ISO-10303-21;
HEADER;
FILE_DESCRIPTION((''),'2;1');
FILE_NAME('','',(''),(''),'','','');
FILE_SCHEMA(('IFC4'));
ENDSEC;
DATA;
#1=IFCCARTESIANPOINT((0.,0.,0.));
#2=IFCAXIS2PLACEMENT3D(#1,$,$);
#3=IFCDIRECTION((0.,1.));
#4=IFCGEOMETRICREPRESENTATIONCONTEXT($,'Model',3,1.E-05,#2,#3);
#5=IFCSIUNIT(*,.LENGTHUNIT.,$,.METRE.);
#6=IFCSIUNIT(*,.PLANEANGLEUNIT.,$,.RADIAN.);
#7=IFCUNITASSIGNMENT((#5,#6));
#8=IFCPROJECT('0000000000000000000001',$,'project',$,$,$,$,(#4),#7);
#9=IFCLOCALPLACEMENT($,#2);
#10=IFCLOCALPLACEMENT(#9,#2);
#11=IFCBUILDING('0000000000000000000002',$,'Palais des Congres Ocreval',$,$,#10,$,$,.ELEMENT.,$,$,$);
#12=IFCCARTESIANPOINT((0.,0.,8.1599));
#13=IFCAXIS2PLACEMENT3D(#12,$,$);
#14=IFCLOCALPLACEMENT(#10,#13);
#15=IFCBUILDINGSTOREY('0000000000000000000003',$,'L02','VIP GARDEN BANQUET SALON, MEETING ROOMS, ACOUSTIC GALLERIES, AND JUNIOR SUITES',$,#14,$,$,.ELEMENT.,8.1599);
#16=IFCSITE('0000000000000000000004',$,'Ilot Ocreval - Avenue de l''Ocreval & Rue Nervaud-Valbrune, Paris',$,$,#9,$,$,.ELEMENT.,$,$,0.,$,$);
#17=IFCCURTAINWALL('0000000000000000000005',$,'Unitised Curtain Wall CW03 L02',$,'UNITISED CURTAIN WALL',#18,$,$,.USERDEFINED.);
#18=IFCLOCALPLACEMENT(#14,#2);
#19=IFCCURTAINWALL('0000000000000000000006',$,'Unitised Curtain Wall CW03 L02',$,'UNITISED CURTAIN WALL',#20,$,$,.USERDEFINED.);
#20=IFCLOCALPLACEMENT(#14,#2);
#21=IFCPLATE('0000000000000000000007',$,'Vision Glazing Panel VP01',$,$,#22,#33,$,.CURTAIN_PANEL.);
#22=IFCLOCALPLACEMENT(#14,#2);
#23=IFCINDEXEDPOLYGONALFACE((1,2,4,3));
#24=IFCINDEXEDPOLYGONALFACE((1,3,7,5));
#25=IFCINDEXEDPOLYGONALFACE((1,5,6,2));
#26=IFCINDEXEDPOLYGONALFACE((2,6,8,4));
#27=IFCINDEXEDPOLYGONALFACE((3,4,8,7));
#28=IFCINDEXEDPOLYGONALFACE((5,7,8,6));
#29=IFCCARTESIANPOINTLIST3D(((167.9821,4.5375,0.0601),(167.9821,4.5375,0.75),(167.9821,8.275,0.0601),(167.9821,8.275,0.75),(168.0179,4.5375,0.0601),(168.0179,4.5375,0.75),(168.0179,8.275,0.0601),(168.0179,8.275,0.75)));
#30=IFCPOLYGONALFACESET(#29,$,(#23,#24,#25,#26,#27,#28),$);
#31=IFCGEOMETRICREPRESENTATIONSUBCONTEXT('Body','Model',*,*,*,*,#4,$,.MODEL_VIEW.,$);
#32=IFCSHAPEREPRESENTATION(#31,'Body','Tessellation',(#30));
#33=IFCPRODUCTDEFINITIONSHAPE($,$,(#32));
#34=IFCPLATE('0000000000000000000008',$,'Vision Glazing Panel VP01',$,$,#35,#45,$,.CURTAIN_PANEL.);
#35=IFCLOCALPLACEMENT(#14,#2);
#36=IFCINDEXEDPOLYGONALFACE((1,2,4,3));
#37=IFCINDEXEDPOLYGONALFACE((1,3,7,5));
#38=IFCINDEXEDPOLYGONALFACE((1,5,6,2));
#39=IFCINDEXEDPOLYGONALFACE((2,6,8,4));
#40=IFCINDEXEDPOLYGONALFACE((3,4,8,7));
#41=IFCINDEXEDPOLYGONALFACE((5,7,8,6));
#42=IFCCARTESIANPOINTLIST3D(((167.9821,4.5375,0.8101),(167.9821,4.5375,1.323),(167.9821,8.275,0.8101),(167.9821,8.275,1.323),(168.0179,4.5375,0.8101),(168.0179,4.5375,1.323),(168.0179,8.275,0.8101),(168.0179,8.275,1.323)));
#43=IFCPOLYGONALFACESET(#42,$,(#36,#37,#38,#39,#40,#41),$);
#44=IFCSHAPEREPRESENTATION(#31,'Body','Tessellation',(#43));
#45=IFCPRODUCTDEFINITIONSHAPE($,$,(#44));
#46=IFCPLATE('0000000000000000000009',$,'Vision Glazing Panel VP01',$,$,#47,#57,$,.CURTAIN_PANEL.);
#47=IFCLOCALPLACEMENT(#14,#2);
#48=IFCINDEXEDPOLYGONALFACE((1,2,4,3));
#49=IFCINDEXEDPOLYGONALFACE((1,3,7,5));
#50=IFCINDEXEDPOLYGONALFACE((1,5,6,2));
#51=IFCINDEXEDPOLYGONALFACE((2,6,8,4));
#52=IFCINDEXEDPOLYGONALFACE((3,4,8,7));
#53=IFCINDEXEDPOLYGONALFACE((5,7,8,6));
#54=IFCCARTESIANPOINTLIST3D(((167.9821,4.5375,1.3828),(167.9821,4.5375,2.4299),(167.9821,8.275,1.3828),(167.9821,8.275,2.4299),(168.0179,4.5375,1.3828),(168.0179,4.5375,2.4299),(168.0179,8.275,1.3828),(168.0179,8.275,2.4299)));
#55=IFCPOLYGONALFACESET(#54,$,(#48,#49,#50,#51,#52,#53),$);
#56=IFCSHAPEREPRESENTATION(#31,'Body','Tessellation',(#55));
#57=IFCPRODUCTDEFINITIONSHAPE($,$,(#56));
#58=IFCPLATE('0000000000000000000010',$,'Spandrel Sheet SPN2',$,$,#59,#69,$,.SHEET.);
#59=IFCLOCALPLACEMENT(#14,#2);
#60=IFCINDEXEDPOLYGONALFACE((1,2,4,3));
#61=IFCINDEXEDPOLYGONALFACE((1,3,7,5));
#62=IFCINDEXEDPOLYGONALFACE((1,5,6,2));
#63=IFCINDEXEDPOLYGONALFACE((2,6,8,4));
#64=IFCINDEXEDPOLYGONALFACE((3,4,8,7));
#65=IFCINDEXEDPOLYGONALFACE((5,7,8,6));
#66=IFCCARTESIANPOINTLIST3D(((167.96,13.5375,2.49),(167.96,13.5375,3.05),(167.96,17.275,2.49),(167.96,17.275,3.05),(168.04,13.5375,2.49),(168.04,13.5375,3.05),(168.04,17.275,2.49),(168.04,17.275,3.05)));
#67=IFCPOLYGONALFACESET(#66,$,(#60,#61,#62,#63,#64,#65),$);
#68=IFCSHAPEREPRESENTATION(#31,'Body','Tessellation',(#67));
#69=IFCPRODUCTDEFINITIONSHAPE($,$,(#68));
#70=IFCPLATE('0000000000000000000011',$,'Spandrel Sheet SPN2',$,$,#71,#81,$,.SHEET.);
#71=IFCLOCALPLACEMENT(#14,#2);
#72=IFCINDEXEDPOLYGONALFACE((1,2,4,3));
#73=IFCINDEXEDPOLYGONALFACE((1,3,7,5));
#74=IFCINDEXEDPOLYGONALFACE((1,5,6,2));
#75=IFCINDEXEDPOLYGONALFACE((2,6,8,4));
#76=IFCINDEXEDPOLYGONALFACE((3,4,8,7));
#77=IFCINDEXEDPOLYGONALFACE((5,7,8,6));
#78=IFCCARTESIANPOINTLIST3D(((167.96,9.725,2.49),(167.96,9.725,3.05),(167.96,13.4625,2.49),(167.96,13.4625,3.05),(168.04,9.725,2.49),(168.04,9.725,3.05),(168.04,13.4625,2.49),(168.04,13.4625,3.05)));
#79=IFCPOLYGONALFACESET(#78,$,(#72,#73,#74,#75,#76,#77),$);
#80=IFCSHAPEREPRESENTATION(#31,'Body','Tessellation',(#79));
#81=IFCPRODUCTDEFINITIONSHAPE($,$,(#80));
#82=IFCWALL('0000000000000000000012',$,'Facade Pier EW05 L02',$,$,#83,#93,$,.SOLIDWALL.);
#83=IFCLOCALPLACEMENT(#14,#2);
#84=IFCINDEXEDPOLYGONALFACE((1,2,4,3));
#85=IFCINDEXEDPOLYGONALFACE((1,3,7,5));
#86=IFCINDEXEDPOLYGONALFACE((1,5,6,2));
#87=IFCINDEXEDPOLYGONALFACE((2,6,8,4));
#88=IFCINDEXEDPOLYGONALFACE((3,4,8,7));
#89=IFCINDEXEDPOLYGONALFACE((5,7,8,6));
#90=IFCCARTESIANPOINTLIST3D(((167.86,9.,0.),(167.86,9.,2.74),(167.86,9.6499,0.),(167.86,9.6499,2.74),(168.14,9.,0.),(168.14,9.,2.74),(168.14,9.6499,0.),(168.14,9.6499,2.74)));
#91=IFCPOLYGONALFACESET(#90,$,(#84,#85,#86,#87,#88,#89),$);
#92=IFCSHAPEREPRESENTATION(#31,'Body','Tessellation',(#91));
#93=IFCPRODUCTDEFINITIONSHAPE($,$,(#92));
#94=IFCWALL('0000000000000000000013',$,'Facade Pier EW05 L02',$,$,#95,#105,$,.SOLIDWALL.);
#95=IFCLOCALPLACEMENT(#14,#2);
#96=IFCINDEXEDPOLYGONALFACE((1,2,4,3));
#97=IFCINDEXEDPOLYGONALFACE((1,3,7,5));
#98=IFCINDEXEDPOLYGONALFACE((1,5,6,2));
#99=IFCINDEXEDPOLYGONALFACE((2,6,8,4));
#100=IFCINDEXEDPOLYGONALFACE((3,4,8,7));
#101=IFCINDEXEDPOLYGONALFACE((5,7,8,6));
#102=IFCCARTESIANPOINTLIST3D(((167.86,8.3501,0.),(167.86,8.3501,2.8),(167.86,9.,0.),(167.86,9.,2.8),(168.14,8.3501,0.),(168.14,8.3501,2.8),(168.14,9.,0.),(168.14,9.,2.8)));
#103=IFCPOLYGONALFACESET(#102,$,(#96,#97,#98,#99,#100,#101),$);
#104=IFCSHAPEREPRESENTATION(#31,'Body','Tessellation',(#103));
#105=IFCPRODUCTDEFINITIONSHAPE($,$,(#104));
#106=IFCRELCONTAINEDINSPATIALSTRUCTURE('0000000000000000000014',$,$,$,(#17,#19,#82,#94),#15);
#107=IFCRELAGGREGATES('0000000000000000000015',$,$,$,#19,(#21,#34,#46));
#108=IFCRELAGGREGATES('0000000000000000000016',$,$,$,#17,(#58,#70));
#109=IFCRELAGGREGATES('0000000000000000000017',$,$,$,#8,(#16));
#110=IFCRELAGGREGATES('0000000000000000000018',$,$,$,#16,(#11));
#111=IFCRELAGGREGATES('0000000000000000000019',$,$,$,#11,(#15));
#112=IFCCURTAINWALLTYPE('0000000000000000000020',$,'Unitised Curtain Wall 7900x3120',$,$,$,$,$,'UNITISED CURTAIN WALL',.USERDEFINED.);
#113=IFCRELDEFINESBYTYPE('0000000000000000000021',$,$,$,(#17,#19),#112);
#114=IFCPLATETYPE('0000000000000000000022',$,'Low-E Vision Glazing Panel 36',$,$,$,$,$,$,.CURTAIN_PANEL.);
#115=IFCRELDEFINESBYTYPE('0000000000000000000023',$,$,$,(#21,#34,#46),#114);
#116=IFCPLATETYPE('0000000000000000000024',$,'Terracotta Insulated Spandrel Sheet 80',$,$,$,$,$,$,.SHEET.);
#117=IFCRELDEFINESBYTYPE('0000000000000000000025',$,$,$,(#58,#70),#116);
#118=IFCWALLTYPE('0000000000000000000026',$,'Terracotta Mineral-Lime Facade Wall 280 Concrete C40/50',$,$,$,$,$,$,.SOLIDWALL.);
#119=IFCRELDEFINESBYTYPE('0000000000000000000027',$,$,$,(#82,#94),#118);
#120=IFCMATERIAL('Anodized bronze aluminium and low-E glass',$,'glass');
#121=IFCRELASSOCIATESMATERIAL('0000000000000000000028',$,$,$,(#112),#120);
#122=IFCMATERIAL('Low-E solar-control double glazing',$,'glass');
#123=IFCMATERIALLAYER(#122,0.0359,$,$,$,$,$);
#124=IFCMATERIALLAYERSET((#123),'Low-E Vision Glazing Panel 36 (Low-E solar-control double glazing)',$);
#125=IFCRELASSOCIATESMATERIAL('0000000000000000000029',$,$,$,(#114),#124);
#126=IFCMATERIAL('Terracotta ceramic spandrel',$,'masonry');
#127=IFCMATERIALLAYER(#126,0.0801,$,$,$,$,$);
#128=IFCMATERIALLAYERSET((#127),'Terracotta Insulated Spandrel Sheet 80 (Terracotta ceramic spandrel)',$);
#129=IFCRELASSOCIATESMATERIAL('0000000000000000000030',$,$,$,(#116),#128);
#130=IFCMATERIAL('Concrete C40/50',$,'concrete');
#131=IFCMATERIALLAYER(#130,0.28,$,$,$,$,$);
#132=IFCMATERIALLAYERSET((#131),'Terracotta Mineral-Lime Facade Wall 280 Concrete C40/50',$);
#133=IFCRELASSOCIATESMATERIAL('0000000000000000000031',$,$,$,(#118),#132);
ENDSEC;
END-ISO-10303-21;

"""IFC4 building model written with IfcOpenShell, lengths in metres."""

from ifc_helpers import new_model, si_unit, direction, frame, frame_2d, origin, origin_2d, place, context, subcontext, project, spatial, rectangle, extrude, material, layer, layer_set, type_object, element, aggregate, save


model = new_model("IFC4")

# Units and contexts
model_context = context("Model", 3, precision=1e-05, world=origin(), true_north=direction((0.0, 1.0)))
body_context = subcontext(model_context, "Body", "Model", "MODEL_VIEW")
ifc_project = project(units=[si_unit("LENGTHUNIT", "METRE"), si_unit("PLANEANGLEUNIT", "RADIAN")], contexts=[model_context])

# Site, building, storey
site_placement = place(None, origin())
site = spatial("IfcSite", under=ifc_project, at=site_placement, Name="Ilot Ocreval - Avenue de l'Ocreval & Rue Nervaud-Valbrune, Paris", CompositionType="ELEMENT", RefElevation=0.0)
building_placement = place(site_placement, origin())
building = spatial("IfcBuilding", under=site, at=building_placement, Name="Palais des Congres Ocreval", CompositionType="ELEMENT")
storey_placement = place(building_placement, frame((0.0, 0.0, 8.1599)))
storey = spatial("IfcBuildingStorey", under=building, at=storey_placement, Name="L02", Description="VIP GARDEN BANQUET SALON, MEETING ROOMS, ACOUSTIC GALLERIES, AND JUNIOR SUITES", CompositionType="ELEMENT", Elevation=8.1599)

# Curtain walls
ifc_material_1 = material(Name="Anodized bronze aluminium and low-E glass", Category="glass")
curtain_wall_type = type_object("IfcCurtainWallType", Name="Unitised Curtain Wall 7900x3120", ElementType="UNITISED CURTAIN WALL", PredefinedType="USERDEFINED", material=ifc_material_1)
curtain_wall_1_placement = place(storey_placement, origin())
curtain_wall_1 = element("IfcCurtainWall", 1, at=curtain_wall_1_placement, inside=storey, type_object=curtain_wall_type, Name="Unitised Curtain Wall CW03 L02", ObjectType="UNITISED CURTAIN WALL", PredefinedType="USERDEFINED")
curtain_wall_2_placement = place(storey_placement, origin())
curtain_wall_2 = element("IfcCurtainWall", 2, at=curtain_wall_2_placement, inside=storey, type_object=curtain_wall_type, Name="Unitised Curtain Wall CW03 L02", ObjectType="UNITISED CURTAIN WALL", PredefinedType="USERDEFINED")

# Plates
ifc_material_2 = material(Name="Low-E solar-control double glazing", Category="glass")
ifc_layer_1 = layer(ifc_material_2, 0.0359)
ifc_layer_set_1 = layer_set([ifc_layer_1], Name="Low-E Vision Glazing Panel 36 (Low-E solar-control double glazing)")
plate_type_1 = type_object("IfcPlateType", Name="Low-E Vision Glazing Panel 36", PredefinedType="CURTAIN_PANEL", material=ifc_layer_set_1)
plate_1_placement = place(storey_placement, frame((168.0, 6.4062, 0.0601), z_axis=(0.0, 0.0, 1.0), x_axis=(0.0, -1.0, 0.0)))
plate_1 = element("IfcPlate", 3, at=plate_1_placement, type_object=plate_type_1, Name="Vision Glazing Panel VP01", PredefinedType="CURTAIN_PANEL", context=body_context, shape_type="SweptSolid", body=[
    extrude(rectangle(XDim=3.7375, YDim=0.0359, at=origin_2d()), origin(), (0.0, 0.0, 1.0), 0.6899),
])
plate_2_placement = place(storey_placement, frame((168.0, 6.4062, 0.8101), z_axis=(0.0, 0.0, 1.0), x_axis=(0.0, -1.0, 0.0)))
plate_2 = element("IfcPlate", 4, at=plate_2_placement, type_object=plate_type_1, Name="Vision Glazing Panel VP01", PredefinedType="CURTAIN_PANEL", context=body_context, shape_type="SweptSolid", body=[
    extrude(rectangle(XDim=3.7375, YDim=0.0359, at=origin_2d()), origin(), (0.0, 0.0, 1.0), 0.5129),
])
plate_3_placement = place(storey_placement, frame((168.0, 6.4062, 1.3828), z_axis=(0.0, 0.0, 1.0), x_axis=(0.0, -1.0, 0.0)))
plate_3 = element("IfcPlate", 5, at=plate_3_placement, type_object=plate_type_1, Name="Vision Glazing Panel VP01", PredefinedType="CURTAIN_PANEL", context=body_context, shape_type="SweptSolid", body=[
    extrude(rectangle(XDim=3.7375, YDim=0.0359, at=origin_2d()), origin(), (0.0, 0.0, 1.0), 1.0471),
])
aggregate(curtain_wall_2, [plate_1, plate_2, plate_3])
ifc_material_3 = material(Name="Terracotta ceramic spandrel", Category="masonry")
ifc_layer_2 = layer(ifc_material_3, 0.0801)
ifc_layer_set_2 = layer_set([ifc_layer_2], Name="Terracotta Insulated Spandrel Sheet 80 (Terracotta ceramic spandrel)")
plate_type_2 = type_object("IfcPlateType", Name="Terracotta Insulated Spandrel Sheet 80", PredefinedType="SHEET", material=ifc_layer_set_2)
plate_4_placement = place(storey_placement, frame((168.0, 15.4062, 2.49), z_axis=(0.0, 0.0, 1.0), x_axis=(0.0, -1.0, 0.0)))
plate_4 = element("IfcPlate", 6, at=plate_4_placement, type_object=plate_type_2, Name="Spandrel Sheet SPN2", PredefinedType="SHEET", context=body_context, shape_type="SweptSolid", body=[
    extrude(rectangle(XDim=3.7375, YDim=0.0801, at=origin_2d()), origin(), (0.0, 0.0, 1.0), 0.5601),
])
plate_5_placement = place(storey_placement, frame((168.0, 11.5938, 2.49), z_axis=(0.0, 0.0, 1.0), x_axis=(0.0, -1.0, 0.0)))
plate_5 = element("IfcPlate", 7, at=plate_5_placement, type_object=plate_type_2, Name="Spandrel Sheet SPN2", PredefinedType="SHEET", context=body_context, shape_type="SweptSolid", body=[
    extrude(rectangle(XDim=3.7375, YDim=0.0801, at=origin_2d()), origin(), (0.0, 0.0, 1.0), 0.5601),
])
aggregate(curtain_wall_1, [plate_4, plate_5])

# Walls
ifc_material_4 = material(Name="Concrete C40/50", Category="concrete")
ifc_layer_3 = layer(ifc_material_4, 0.28)
ifc_layer_set_3 = layer_set([ifc_layer_3], Name="Terracotta Mineral-Lime Facade Wall 280 Concrete C40/50")
wall_type = type_object("IfcWallType", Name="Terracotta Mineral-Lime Facade Wall 280 Concrete C40/50", PredefinedType="SOLIDWALL", material=ifc_layer_set_3)
wall_1_placement = place(storey_placement, frame((168.0, 9.6499, 0.0), z_axis=(0.0, 0.0, 1.0), x_axis=(0.0, -1.0, 0.0)))
element("IfcWall", 8, at=wall_1_placement, inside=storey, type_object=wall_type, Name="Facade Pier EW05 L02", PredefinedType="SOLIDWALL", context=body_context, shape_type="SweptSolid", body=[
    extrude(rectangle(XDim=0.6499, YDim=0.28, at=frame_2d((0.325, 0.0))), origin(), (0.0, 0.0, 1.0), 2.74),
])
wall_2_placement = place(storey_placement, frame((168.0, 9.0, 0.0), z_axis=(0.0, 0.0, 1.0), x_axis=(0.0, -1.0, 0.0)))
element("IfcWall", 9, at=wall_2_placement, inside=storey, type_object=wall_type, Name="Facade Pier EW05 L02", PredefinedType="SOLIDWALL", context=body_context, shape_type="SweptSolid", body=[
    extrude(rectangle(XDim=0.6499, YDim=0.28, at=frame_2d((0.325, 0.0))), origin(), (0.0, 0.0, 1.0), 2.8),
])

save(model, "model.ifc")
